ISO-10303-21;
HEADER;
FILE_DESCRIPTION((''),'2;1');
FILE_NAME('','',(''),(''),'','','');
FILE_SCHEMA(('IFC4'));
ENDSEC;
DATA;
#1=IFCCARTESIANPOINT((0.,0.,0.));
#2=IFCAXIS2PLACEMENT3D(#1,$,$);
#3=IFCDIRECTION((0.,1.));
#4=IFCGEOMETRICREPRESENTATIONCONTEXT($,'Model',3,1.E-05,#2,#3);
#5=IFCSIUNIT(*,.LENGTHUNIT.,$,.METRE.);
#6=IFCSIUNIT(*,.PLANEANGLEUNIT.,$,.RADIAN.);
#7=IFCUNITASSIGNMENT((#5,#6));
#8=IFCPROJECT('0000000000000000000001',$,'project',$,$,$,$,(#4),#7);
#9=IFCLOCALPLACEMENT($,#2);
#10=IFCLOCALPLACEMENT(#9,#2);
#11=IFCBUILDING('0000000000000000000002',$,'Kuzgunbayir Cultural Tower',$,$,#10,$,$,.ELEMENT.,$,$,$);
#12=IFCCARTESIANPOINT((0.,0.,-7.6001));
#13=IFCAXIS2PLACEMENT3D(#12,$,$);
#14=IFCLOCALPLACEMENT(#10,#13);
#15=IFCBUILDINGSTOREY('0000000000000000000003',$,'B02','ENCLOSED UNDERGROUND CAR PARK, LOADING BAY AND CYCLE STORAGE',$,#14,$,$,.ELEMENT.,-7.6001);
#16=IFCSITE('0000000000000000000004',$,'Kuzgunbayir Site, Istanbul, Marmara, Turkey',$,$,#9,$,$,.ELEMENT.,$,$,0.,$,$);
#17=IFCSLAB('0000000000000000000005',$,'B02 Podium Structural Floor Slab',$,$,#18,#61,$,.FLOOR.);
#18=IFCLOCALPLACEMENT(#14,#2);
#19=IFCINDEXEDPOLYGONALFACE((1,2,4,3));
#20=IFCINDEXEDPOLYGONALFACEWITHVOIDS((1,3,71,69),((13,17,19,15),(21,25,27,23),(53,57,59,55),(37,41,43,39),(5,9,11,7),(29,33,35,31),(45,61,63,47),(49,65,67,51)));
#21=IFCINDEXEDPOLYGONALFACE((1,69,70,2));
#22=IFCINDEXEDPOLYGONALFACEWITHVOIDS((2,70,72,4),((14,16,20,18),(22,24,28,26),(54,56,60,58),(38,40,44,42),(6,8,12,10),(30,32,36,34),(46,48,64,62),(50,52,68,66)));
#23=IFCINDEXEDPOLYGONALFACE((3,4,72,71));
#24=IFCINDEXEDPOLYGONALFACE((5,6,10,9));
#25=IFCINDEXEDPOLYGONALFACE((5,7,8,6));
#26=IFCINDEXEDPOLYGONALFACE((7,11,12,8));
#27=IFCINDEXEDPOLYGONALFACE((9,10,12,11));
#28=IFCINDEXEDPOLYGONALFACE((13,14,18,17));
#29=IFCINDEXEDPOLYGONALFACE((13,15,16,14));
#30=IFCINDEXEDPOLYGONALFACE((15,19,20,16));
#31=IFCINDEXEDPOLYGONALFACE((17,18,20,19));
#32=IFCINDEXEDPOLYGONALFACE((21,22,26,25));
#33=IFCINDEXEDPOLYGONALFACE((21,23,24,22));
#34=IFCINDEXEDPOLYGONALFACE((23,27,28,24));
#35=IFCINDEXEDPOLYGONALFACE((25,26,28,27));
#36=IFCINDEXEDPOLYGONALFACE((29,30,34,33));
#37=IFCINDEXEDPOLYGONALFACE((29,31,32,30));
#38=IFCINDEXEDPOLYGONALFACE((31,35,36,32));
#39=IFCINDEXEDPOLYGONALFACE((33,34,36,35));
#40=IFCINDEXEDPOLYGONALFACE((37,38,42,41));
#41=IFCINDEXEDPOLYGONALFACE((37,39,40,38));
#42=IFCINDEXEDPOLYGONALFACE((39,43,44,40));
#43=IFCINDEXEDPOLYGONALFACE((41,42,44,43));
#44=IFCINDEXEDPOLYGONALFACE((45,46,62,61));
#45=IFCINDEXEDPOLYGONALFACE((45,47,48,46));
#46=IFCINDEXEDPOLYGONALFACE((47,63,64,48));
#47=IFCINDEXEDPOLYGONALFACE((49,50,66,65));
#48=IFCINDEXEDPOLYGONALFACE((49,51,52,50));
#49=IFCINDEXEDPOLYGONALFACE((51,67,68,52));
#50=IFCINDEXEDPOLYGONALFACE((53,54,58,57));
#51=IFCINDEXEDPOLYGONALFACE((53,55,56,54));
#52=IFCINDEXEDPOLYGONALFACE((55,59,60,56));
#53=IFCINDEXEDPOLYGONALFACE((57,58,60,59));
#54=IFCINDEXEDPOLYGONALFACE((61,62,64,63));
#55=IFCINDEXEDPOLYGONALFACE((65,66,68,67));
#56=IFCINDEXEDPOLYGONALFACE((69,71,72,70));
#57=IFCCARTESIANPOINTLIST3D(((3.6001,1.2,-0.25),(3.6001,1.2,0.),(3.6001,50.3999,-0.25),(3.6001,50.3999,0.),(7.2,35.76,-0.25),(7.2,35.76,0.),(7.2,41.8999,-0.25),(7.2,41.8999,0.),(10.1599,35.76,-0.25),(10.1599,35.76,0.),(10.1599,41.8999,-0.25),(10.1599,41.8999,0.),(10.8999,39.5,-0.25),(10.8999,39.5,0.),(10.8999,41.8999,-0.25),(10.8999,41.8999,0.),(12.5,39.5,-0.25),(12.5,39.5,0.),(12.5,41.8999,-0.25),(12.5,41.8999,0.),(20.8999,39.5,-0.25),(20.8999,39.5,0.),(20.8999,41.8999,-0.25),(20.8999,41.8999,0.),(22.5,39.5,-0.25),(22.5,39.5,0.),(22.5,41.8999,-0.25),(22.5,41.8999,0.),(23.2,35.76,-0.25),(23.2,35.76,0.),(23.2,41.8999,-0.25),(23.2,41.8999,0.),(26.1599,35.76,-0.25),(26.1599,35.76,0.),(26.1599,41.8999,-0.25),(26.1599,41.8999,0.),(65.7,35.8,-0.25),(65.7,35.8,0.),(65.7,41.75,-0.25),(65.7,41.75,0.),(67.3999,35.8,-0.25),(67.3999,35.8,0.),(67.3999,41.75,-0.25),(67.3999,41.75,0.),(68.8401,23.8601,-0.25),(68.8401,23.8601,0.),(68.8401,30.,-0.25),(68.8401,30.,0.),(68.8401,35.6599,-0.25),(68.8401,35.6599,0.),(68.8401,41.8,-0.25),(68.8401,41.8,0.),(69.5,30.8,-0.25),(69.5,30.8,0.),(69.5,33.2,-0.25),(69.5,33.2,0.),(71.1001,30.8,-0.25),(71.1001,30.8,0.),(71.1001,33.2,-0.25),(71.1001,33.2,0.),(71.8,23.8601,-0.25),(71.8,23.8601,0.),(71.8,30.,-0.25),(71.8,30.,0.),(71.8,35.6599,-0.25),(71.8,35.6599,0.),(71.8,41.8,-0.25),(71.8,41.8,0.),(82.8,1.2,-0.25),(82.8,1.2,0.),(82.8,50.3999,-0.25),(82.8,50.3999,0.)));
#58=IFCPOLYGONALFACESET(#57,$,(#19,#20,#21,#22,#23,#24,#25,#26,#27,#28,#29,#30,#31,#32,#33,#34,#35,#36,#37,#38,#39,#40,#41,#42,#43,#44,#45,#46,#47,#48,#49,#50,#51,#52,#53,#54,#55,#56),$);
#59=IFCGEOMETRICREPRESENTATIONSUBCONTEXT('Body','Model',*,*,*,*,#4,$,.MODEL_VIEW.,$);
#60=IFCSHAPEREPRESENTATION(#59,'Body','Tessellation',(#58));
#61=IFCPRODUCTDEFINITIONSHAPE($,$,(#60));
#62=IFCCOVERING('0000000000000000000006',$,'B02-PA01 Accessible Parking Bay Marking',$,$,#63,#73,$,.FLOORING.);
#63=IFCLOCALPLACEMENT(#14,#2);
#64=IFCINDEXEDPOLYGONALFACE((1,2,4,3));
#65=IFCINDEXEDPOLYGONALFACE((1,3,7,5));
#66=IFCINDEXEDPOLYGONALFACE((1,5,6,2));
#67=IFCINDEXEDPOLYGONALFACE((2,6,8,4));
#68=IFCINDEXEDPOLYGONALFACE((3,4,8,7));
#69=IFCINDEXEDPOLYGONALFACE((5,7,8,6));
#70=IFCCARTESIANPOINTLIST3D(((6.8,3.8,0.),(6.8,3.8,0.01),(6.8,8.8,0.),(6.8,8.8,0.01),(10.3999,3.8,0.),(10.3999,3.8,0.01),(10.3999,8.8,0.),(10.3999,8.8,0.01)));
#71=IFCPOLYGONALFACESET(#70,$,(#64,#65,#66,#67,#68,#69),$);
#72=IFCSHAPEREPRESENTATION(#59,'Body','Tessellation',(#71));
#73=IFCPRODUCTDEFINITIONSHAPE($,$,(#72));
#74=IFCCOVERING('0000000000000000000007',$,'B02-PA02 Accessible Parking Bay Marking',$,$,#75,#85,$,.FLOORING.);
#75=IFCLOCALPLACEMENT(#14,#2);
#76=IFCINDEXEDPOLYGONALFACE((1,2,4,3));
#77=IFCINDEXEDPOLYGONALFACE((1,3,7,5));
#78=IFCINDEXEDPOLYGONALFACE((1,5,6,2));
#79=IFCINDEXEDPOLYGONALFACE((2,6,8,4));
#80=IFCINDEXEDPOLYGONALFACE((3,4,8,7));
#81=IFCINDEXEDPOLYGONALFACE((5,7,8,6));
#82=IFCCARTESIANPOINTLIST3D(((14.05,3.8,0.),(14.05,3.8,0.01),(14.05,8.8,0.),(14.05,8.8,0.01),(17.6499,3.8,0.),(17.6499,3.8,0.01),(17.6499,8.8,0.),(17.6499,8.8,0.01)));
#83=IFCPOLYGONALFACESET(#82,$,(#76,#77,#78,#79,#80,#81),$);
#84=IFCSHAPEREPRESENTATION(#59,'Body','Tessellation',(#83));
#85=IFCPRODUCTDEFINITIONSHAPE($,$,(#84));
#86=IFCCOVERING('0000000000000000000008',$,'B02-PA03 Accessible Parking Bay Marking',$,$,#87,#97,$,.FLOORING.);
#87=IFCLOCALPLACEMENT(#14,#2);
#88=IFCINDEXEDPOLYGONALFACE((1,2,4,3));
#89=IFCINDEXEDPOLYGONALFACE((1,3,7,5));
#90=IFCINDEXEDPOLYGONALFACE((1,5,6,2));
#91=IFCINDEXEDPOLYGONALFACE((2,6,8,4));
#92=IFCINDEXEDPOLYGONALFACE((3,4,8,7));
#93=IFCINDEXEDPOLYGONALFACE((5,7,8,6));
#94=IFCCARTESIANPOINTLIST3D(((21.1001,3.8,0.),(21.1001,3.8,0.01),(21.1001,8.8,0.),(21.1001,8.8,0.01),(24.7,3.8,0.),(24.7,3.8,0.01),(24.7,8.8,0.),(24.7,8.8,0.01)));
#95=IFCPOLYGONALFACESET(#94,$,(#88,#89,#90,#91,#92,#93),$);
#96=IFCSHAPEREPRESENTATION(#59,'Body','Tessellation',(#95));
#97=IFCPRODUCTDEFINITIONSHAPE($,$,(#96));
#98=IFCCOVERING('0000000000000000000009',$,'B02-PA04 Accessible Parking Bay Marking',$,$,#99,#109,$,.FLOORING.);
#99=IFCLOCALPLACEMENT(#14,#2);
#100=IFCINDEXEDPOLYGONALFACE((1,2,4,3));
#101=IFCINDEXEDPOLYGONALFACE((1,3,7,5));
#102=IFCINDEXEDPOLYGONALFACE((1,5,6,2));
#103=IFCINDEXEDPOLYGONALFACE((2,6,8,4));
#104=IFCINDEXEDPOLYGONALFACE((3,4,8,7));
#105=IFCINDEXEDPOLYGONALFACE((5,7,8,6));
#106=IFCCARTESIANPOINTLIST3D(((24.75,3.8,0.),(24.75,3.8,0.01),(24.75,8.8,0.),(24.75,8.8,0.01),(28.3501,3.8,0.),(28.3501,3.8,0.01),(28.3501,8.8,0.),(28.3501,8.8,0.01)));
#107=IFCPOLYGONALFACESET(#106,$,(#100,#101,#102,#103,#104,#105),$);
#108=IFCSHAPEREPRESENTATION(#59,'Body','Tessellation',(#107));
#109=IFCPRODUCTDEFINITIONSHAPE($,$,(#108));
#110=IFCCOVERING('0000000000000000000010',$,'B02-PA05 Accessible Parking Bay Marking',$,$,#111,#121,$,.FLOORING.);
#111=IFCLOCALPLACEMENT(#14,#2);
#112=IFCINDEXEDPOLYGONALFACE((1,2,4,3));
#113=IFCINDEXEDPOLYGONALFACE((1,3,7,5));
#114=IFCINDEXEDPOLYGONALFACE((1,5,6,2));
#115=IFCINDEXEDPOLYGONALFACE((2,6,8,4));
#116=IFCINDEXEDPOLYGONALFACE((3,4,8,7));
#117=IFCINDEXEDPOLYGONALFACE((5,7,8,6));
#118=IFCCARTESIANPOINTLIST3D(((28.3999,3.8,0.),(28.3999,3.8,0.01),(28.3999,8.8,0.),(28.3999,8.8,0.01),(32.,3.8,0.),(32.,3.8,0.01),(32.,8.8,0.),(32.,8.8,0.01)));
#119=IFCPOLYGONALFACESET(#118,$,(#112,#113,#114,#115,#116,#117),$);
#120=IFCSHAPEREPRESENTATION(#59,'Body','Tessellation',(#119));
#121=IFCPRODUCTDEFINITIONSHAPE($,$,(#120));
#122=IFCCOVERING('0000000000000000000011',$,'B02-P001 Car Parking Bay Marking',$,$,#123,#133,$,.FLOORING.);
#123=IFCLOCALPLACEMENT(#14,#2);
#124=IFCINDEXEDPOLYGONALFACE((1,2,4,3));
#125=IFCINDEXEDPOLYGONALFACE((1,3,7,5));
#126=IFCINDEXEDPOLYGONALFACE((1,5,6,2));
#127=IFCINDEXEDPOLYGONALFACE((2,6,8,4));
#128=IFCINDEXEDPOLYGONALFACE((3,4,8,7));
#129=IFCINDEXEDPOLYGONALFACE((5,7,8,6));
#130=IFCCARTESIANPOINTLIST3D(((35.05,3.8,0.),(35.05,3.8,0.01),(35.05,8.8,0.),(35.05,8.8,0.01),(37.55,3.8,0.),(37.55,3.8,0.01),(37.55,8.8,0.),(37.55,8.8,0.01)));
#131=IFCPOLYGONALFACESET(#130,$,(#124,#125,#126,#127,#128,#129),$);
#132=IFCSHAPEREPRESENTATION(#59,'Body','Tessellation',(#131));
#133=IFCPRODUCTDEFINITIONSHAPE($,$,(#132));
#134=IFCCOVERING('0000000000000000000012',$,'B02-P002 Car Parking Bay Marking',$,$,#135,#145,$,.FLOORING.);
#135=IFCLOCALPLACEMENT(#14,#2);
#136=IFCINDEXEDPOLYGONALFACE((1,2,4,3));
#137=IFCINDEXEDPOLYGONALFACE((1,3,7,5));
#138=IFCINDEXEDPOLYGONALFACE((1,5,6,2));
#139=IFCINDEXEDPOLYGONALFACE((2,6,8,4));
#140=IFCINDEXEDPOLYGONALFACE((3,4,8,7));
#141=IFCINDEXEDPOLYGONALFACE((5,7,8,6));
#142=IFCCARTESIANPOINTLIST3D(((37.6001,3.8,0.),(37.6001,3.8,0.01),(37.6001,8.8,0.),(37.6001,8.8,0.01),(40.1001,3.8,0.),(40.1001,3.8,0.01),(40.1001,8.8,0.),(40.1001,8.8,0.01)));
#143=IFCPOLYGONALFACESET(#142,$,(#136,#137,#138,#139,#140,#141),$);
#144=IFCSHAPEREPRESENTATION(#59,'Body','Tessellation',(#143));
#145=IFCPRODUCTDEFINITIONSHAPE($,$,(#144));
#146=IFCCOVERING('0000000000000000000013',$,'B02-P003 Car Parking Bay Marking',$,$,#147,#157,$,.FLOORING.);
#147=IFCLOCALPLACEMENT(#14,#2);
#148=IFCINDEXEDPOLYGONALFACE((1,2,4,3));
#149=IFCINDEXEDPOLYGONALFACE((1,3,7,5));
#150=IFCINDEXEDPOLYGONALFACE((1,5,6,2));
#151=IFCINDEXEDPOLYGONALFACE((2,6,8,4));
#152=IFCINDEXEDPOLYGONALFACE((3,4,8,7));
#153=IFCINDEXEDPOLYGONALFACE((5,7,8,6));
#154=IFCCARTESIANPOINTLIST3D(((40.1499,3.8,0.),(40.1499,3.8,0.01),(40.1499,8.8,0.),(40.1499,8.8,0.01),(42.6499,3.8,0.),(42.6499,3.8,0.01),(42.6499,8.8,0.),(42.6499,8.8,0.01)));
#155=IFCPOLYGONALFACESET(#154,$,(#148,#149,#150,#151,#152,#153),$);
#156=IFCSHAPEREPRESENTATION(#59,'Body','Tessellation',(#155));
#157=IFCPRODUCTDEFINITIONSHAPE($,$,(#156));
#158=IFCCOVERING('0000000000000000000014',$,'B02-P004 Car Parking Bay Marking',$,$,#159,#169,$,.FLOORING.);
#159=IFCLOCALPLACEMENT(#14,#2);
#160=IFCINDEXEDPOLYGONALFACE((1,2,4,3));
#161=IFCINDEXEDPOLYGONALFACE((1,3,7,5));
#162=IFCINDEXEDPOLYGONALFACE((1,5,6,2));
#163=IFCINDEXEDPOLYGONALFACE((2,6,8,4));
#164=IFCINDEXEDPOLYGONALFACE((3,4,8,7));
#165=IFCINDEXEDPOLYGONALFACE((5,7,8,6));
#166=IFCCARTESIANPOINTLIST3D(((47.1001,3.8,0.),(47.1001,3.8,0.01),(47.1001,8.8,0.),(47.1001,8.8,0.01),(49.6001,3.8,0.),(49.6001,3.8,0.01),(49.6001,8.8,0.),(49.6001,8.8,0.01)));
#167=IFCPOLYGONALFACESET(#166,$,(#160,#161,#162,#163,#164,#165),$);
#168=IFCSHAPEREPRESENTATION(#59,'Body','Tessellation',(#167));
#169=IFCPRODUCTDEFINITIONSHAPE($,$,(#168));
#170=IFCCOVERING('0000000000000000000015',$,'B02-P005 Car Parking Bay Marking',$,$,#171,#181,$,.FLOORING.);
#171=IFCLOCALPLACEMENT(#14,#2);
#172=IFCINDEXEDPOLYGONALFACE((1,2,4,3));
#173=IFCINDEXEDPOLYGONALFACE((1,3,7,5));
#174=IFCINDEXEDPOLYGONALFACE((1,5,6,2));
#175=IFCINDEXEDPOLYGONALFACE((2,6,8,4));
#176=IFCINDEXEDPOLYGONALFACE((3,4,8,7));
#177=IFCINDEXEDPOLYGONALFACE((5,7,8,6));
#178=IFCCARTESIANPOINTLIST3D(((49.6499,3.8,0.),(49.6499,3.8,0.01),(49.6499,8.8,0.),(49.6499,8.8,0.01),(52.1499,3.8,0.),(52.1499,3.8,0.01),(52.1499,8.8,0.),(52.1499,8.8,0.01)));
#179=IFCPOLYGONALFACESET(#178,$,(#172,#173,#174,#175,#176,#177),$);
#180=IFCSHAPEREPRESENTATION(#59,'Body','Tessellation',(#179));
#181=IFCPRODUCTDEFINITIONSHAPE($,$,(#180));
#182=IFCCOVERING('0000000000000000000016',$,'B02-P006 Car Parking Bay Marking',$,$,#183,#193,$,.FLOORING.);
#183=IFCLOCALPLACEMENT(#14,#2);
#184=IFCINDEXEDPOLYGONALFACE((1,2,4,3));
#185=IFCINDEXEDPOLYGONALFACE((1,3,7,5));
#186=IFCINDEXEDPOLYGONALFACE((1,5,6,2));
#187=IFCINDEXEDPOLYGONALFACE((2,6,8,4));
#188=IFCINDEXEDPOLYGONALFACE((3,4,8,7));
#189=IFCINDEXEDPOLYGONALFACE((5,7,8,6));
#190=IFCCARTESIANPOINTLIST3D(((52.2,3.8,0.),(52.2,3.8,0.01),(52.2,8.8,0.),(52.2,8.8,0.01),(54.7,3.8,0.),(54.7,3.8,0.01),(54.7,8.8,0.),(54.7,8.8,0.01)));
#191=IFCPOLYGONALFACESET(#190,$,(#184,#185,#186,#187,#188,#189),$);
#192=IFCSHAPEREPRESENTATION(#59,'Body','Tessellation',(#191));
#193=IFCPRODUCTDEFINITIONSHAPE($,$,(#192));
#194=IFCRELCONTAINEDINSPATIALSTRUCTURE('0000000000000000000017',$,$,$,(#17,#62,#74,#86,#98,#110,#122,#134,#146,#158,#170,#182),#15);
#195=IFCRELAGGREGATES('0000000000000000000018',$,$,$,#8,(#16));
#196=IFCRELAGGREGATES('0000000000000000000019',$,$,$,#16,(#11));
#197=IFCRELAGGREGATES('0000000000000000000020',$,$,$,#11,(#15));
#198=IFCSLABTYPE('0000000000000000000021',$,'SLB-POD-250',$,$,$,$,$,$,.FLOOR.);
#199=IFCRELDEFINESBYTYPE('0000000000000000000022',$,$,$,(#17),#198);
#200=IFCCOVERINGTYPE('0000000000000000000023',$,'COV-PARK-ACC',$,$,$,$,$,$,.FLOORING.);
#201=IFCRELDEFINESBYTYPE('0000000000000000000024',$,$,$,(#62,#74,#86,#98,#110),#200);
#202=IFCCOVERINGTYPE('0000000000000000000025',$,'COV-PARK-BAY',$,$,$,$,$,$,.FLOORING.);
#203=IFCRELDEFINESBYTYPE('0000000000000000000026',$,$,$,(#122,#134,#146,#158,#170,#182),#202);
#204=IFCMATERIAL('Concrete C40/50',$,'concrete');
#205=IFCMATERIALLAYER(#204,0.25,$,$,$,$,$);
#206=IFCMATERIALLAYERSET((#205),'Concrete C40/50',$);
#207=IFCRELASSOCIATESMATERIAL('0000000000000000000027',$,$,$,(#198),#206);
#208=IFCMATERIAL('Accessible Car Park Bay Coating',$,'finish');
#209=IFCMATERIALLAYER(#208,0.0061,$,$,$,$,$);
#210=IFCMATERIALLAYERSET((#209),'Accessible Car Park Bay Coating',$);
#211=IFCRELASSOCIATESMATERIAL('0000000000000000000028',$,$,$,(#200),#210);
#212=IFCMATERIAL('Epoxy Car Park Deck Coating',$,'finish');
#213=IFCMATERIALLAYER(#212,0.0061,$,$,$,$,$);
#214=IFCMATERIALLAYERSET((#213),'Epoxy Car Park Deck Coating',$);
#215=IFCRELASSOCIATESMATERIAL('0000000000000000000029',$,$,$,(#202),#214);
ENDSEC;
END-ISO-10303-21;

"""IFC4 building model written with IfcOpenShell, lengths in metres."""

from ifc_helpers import new_model, si_unit, direction, frame, origin, place, context, subcontext, project, spatial, polyline, outline, extrude, material, layer, layer_set, type_object, element, save


model = new_model("IFC4")

# Units and contexts
model_context = context("Model", 3, precision=1e-05, world=origin(), true_north=direction((0.0, 1.0)))
body_context = subcontext(model_context, "Body", "Model", "MODEL_VIEW")
ifc_project = project(units=[si_unit("LENGTHUNIT", "METRE"), si_unit("PLANEANGLEUNIT", "RADIAN")], contexts=[model_context])

# Site, building, storey
site_placement = place(None, origin())
site = spatial("IfcSite", under=ifc_project, at=site_placement, Name="Kuzgunbayir Site, Istanbul, Marmara, Turkey", CompositionType="ELEMENT", RefElevation=0.0)
building_placement = place(site_placement, origin())
building = spatial("IfcBuilding", under=site, at=building_placement, Name="Kuzgunbayir Cultural Tower", CompositionType="ELEMENT")
storey_placement = place(building_placement, frame((0.0, 0.0, -7.6001)))
storey = spatial("IfcBuildingStorey", under=building, at=storey_placement, Name="B02", Description="ENCLOSED UNDERGROUND CAR PARK, LOADING BAY AND CYCLE STORAGE", CompositionType="ELEMENT", Elevation=-7.6001)

# Slab
ifc_material_1 = material(Name="Concrete C40/50", Category="concrete")
ifc_layer_1 = layer(ifc_material_1, 0.25)
ifc_layer_set_1 = layer_set([ifc_layer_1], Name="Concrete C40/50")
slab_type = type_object("IfcSlabType", Name="SLB-POD-250", PredefinedType="FLOOR", material=ifc_layer_set_1)
slab_placement = place(storey_placement, frame((0.0, 0.0, -0.25)))
element("IfcSlab", 1, at=slab_placement, inside=storey, type_object=slab_type, Name="B02 Podium Structural Floor Slab", PredefinedType="FLOOR", context=body_context, shape_type="SweptSolid", body=[
    extrude(outline(polyline([(3.6001, 1.2), (82.8, 1.2), (82.8, 50.3999), (3.6001, 50.3999), (3.6001, 1.2)]), holes=[polyline([(7.2, 35.76), (7.2, 41.8999), (10.1599, 41.8999), (10.1599, 35.76), (7.2, 35.76)]), polyline([(23.2, 35.76), (23.2, 41.8999), (26.1599, 41.8999), (26.1599, 35.76), (23.2, 35.76)]), polyline([(68.8401, 23.8601), (68.8401, 30.0), (71.8, 30.0), (71.8, 23.8601), (68.8401, 23.8601)]), polyline([(68.8401, 35.6599), (68.8401, 41.8), (71.8, 41.8), (71.8, 35.6599), (68.8401, 35.6599)]), polyline([(10.8999, 39.5), (10.8999, 41.8999), (12.5, 41.8999), (12.5, 39.5), (10.8999, 39.5)]), polyline([(20.8999, 39.5), (20.8999, 41.8999), (22.5, 41.8999), (22.5, 39.5), (20.8999, 39.5)]), polyline([(65.7, 35.8), (65.7, 41.75), (67.3999, 41.75), (67.3999, 35.8), (65.7, 35.8)]), polyline([(69.5, 30.8), (69.5, 33.2), (71.1001, 33.2), (71.1001, 30.8), (69.5, 30.8)])]), origin(), (0.0, 0.0, 1.0), 0.25),
])

# Coverings
ifc_material_2 = material(Name="Accessible Car Park Bay Coating", Category="finish")
ifc_layer_2 = layer(ifc_material_2, 0.0061)
ifc_layer_set_2 = layer_set([ifc_layer_2], Name="Accessible Car Park Bay Coating")
covering_type_1 = type_object("IfcCoveringType", Name="COV-PARK-ACC", PredefinedType="FLOORING", material=ifc_layer_set_2)
covering_1_placement = place(storey_placement, origin())
element("IfcCovering", 2, at=covering_1_placement, inside=storey, type_object=covering_type_1, Name="B02-PA01 Accessible Parking Bay Marking", PredefinedType="FLOORING", context=body_context, shape_type="SweptSolid", body=[
    extrude(outline(polyline([(6.8, 3.8), (10.3999, 3.8), (10.3999, 8.8), (6.8, 8.8), (6.8, 3.8)])), origin(), (0.0, 0.0, 1.0), 0.01),
])
covering_2_placement = place(storey_placement, origin())
element("IfcCovering", 3, at=covering_2_placement, inside=storey, type_object=covering_type_1, Name="B02-PA02 Accessible Parking Bay Marking", PredefinedType="FLOORING", context=body_context, shape_type="SweptSolid", body=[
    extrude(outline(polyline([(14.05, 3.8), (17.6499, 3.8), (17.6499, 8.8), (14.05, 8.8), (14.05, 3.8)])), origin(), (0.0, 0.0, 1.0), 0.01),
])
covering_3_placement = place(storey_placement, origin())
element("IfcCovering", 4, at=covering_3_placement, inside=storey, type_object=covering_type_1, Name="B02-PA03 Accessible Parking Bay Marking", PredefinedType="FLOORING", context=body_context, shape_type="SweptSolid", body=[
    extrude(outline(polyline([(21.1001, 3.8), (24.7, 3.8), (24.7, 8.8), (21.1001, 8.8), (21.1001, 3.8)])), origin(), (0.0, 0.0, 1.0), 0.01),
])
covering_4_placement = place(storey_placement, origin())
element("IfcCovering", 5, at=covering_4_placement, inside=storey, type_object=covering_type_1, Name="B02-PA04 Accessible Parking Bay Marking", PredefinedType="FLOORING", context=body_context, shape_type="SweptSolid", body=[
    extrude(outline(polyline([(24.75, 3.8), (28.3501, 3.8), (28.3501, 8.8), (24.75, 8.8), (24.75, 3.8)])), origin(), (0.0, 0.0, 1.0), 0.01),
])
covering_5_placement = place(storey_placement, origin())
element("IfcCovering", 6, at=covering_5_placement, inside=storey, type_object=covering_type_1, Name="B02-PA05 Accessible Parking Bay Marking", PredefinedType="FLOORING", context=body_context, shape_type="SweptSolid", body=[
    extrude(outline(polyline([(28.3999, 3.8), (32.0, 3.8), (32.0, 8.8), (28.3999, 8.8), (28.3999, 3.8)])), origin(), (0.0, 0.0, 1.0), 0.01),
])
ifc_material_3 = material(Name="Epoxy Car Park Deck Coating", Category="finish")
ifc_layer_3 = layer(ifc_material_3, 0.0061)
ifc_layer_set_3 = layer_set([ifc_layer_3], Name="Epoxy Car Park Deck Coating")
covering_type_2 = type_object("IfcCoveringType", Name="COV-PARK-BAY", PredefinedType="FLOORING", material=ifc_layer_set_3)
covering_6_placement = place(storey_placement, origin())
element("IfcCovering", 7, at=covering_6_placement, inside=storey, type_object=covering_type_2, Name="B02-P001 Car Parking Bay Marking", PredefinedType="FLOORING", context=body_context, shape_type="SweptSolid", body=[
    extrude(outline(polyline([(35.05, 3.8), (37.55, 3.8), (37.55, 8.8), (35.05, 8.8), (35.05, 3.8)])), origin(), (0.0, 0.0, 1.0), 0.01),
])
covering_7_placement = place(storey_placement, origin())
element("IfcCovering", 8, at=covering_7_placement, inside=storey, type_object=covering_type_2, Name="B02-P002 Car Parking Bay Marking", PredefinedType="FLOORING", context=body_context, shape_type="SweptSolid", body=[
    extrude(outline(polyline([(37.6001, 3.8), (40.1001, 3.8), (40.1001, 8.8), (37.6001, 8.8), (37.6001, 3.8)])), origin(), (0.0, 0.0, 1.0), 0.01),
])
covering_8_placement = place(storey_placement, origin())
element("IfcCovering", 9, at=covering_8_placement, inside=storey, type_object=covering_type_2, Name="B02-P003 Car Parking Bay Marking", PredefinedType="FLOORING", context=body_context, shape_type="SweptSolid", body=[
    extrude(outline(polyline([(40.1499, 3.8), (42.6499, 3.8), (42.6499, 8.8), (40.1499, 8.8), (40.1499, 3.8)])), origin(), (0.0, 0.0, 1.0), 0.01),
])
covering_9_placement = place(storey_placement, origin())
element("IfcCovering", 10, at=covering_9_placement, inside=storey, type_object=covering_type_2, Name="B02-P004 Car Parking Bay Marking", PredefinedType="FLOORING", context=body_context, shape_type="SweptSolid", body=[
    extrude(outline(polyline([(47.1001, 3.8), (49.6001, 3.8), (49.6001, 8.8), (47.1001, 8.8), (47.1001, 3.8)])), origin(), (0.0, 0.0, 1.0), 0.01),
])
covering_10_placement = place(storey_placement, origin())
element("IfcCovering", 11, at=covering_10_placement, inside=storey, type_object=covering_type_2, Name="B02-P005 Car Parking Bay Marking", PredefinedType="FLOORING", context=body_context, shape_type="SweptSolid", body=[
    extrude(outline(polyline([(49.6499, 3.8), (52.1499, 3.8), (52.1499, 8.8), (49.6499, 8.8), (49.6499, 3.8)])), origin(), (0.0, 0.0, 1.0), 0.01),
])
covering_11_placement = place(storey_placement, origin())
element("IfcCovering", 12, at=covering_11_placement, inside=storey, type_object=covering_type_2, Name="B02-P006 Car Parking Bay Marking", PredefinedType="FLOORING", context=body_context, shape_type="SweptSolid", body=[
    extrude(outline(polyline([(52.2, 3.8), (54.7, 3.8), (54.7, 8.8), (52.2, 8.8), (52.2, 3.8)])), origin(), (0.0, 0.0, 1.0), 0.01),
])

save(model, "model.ifc")
